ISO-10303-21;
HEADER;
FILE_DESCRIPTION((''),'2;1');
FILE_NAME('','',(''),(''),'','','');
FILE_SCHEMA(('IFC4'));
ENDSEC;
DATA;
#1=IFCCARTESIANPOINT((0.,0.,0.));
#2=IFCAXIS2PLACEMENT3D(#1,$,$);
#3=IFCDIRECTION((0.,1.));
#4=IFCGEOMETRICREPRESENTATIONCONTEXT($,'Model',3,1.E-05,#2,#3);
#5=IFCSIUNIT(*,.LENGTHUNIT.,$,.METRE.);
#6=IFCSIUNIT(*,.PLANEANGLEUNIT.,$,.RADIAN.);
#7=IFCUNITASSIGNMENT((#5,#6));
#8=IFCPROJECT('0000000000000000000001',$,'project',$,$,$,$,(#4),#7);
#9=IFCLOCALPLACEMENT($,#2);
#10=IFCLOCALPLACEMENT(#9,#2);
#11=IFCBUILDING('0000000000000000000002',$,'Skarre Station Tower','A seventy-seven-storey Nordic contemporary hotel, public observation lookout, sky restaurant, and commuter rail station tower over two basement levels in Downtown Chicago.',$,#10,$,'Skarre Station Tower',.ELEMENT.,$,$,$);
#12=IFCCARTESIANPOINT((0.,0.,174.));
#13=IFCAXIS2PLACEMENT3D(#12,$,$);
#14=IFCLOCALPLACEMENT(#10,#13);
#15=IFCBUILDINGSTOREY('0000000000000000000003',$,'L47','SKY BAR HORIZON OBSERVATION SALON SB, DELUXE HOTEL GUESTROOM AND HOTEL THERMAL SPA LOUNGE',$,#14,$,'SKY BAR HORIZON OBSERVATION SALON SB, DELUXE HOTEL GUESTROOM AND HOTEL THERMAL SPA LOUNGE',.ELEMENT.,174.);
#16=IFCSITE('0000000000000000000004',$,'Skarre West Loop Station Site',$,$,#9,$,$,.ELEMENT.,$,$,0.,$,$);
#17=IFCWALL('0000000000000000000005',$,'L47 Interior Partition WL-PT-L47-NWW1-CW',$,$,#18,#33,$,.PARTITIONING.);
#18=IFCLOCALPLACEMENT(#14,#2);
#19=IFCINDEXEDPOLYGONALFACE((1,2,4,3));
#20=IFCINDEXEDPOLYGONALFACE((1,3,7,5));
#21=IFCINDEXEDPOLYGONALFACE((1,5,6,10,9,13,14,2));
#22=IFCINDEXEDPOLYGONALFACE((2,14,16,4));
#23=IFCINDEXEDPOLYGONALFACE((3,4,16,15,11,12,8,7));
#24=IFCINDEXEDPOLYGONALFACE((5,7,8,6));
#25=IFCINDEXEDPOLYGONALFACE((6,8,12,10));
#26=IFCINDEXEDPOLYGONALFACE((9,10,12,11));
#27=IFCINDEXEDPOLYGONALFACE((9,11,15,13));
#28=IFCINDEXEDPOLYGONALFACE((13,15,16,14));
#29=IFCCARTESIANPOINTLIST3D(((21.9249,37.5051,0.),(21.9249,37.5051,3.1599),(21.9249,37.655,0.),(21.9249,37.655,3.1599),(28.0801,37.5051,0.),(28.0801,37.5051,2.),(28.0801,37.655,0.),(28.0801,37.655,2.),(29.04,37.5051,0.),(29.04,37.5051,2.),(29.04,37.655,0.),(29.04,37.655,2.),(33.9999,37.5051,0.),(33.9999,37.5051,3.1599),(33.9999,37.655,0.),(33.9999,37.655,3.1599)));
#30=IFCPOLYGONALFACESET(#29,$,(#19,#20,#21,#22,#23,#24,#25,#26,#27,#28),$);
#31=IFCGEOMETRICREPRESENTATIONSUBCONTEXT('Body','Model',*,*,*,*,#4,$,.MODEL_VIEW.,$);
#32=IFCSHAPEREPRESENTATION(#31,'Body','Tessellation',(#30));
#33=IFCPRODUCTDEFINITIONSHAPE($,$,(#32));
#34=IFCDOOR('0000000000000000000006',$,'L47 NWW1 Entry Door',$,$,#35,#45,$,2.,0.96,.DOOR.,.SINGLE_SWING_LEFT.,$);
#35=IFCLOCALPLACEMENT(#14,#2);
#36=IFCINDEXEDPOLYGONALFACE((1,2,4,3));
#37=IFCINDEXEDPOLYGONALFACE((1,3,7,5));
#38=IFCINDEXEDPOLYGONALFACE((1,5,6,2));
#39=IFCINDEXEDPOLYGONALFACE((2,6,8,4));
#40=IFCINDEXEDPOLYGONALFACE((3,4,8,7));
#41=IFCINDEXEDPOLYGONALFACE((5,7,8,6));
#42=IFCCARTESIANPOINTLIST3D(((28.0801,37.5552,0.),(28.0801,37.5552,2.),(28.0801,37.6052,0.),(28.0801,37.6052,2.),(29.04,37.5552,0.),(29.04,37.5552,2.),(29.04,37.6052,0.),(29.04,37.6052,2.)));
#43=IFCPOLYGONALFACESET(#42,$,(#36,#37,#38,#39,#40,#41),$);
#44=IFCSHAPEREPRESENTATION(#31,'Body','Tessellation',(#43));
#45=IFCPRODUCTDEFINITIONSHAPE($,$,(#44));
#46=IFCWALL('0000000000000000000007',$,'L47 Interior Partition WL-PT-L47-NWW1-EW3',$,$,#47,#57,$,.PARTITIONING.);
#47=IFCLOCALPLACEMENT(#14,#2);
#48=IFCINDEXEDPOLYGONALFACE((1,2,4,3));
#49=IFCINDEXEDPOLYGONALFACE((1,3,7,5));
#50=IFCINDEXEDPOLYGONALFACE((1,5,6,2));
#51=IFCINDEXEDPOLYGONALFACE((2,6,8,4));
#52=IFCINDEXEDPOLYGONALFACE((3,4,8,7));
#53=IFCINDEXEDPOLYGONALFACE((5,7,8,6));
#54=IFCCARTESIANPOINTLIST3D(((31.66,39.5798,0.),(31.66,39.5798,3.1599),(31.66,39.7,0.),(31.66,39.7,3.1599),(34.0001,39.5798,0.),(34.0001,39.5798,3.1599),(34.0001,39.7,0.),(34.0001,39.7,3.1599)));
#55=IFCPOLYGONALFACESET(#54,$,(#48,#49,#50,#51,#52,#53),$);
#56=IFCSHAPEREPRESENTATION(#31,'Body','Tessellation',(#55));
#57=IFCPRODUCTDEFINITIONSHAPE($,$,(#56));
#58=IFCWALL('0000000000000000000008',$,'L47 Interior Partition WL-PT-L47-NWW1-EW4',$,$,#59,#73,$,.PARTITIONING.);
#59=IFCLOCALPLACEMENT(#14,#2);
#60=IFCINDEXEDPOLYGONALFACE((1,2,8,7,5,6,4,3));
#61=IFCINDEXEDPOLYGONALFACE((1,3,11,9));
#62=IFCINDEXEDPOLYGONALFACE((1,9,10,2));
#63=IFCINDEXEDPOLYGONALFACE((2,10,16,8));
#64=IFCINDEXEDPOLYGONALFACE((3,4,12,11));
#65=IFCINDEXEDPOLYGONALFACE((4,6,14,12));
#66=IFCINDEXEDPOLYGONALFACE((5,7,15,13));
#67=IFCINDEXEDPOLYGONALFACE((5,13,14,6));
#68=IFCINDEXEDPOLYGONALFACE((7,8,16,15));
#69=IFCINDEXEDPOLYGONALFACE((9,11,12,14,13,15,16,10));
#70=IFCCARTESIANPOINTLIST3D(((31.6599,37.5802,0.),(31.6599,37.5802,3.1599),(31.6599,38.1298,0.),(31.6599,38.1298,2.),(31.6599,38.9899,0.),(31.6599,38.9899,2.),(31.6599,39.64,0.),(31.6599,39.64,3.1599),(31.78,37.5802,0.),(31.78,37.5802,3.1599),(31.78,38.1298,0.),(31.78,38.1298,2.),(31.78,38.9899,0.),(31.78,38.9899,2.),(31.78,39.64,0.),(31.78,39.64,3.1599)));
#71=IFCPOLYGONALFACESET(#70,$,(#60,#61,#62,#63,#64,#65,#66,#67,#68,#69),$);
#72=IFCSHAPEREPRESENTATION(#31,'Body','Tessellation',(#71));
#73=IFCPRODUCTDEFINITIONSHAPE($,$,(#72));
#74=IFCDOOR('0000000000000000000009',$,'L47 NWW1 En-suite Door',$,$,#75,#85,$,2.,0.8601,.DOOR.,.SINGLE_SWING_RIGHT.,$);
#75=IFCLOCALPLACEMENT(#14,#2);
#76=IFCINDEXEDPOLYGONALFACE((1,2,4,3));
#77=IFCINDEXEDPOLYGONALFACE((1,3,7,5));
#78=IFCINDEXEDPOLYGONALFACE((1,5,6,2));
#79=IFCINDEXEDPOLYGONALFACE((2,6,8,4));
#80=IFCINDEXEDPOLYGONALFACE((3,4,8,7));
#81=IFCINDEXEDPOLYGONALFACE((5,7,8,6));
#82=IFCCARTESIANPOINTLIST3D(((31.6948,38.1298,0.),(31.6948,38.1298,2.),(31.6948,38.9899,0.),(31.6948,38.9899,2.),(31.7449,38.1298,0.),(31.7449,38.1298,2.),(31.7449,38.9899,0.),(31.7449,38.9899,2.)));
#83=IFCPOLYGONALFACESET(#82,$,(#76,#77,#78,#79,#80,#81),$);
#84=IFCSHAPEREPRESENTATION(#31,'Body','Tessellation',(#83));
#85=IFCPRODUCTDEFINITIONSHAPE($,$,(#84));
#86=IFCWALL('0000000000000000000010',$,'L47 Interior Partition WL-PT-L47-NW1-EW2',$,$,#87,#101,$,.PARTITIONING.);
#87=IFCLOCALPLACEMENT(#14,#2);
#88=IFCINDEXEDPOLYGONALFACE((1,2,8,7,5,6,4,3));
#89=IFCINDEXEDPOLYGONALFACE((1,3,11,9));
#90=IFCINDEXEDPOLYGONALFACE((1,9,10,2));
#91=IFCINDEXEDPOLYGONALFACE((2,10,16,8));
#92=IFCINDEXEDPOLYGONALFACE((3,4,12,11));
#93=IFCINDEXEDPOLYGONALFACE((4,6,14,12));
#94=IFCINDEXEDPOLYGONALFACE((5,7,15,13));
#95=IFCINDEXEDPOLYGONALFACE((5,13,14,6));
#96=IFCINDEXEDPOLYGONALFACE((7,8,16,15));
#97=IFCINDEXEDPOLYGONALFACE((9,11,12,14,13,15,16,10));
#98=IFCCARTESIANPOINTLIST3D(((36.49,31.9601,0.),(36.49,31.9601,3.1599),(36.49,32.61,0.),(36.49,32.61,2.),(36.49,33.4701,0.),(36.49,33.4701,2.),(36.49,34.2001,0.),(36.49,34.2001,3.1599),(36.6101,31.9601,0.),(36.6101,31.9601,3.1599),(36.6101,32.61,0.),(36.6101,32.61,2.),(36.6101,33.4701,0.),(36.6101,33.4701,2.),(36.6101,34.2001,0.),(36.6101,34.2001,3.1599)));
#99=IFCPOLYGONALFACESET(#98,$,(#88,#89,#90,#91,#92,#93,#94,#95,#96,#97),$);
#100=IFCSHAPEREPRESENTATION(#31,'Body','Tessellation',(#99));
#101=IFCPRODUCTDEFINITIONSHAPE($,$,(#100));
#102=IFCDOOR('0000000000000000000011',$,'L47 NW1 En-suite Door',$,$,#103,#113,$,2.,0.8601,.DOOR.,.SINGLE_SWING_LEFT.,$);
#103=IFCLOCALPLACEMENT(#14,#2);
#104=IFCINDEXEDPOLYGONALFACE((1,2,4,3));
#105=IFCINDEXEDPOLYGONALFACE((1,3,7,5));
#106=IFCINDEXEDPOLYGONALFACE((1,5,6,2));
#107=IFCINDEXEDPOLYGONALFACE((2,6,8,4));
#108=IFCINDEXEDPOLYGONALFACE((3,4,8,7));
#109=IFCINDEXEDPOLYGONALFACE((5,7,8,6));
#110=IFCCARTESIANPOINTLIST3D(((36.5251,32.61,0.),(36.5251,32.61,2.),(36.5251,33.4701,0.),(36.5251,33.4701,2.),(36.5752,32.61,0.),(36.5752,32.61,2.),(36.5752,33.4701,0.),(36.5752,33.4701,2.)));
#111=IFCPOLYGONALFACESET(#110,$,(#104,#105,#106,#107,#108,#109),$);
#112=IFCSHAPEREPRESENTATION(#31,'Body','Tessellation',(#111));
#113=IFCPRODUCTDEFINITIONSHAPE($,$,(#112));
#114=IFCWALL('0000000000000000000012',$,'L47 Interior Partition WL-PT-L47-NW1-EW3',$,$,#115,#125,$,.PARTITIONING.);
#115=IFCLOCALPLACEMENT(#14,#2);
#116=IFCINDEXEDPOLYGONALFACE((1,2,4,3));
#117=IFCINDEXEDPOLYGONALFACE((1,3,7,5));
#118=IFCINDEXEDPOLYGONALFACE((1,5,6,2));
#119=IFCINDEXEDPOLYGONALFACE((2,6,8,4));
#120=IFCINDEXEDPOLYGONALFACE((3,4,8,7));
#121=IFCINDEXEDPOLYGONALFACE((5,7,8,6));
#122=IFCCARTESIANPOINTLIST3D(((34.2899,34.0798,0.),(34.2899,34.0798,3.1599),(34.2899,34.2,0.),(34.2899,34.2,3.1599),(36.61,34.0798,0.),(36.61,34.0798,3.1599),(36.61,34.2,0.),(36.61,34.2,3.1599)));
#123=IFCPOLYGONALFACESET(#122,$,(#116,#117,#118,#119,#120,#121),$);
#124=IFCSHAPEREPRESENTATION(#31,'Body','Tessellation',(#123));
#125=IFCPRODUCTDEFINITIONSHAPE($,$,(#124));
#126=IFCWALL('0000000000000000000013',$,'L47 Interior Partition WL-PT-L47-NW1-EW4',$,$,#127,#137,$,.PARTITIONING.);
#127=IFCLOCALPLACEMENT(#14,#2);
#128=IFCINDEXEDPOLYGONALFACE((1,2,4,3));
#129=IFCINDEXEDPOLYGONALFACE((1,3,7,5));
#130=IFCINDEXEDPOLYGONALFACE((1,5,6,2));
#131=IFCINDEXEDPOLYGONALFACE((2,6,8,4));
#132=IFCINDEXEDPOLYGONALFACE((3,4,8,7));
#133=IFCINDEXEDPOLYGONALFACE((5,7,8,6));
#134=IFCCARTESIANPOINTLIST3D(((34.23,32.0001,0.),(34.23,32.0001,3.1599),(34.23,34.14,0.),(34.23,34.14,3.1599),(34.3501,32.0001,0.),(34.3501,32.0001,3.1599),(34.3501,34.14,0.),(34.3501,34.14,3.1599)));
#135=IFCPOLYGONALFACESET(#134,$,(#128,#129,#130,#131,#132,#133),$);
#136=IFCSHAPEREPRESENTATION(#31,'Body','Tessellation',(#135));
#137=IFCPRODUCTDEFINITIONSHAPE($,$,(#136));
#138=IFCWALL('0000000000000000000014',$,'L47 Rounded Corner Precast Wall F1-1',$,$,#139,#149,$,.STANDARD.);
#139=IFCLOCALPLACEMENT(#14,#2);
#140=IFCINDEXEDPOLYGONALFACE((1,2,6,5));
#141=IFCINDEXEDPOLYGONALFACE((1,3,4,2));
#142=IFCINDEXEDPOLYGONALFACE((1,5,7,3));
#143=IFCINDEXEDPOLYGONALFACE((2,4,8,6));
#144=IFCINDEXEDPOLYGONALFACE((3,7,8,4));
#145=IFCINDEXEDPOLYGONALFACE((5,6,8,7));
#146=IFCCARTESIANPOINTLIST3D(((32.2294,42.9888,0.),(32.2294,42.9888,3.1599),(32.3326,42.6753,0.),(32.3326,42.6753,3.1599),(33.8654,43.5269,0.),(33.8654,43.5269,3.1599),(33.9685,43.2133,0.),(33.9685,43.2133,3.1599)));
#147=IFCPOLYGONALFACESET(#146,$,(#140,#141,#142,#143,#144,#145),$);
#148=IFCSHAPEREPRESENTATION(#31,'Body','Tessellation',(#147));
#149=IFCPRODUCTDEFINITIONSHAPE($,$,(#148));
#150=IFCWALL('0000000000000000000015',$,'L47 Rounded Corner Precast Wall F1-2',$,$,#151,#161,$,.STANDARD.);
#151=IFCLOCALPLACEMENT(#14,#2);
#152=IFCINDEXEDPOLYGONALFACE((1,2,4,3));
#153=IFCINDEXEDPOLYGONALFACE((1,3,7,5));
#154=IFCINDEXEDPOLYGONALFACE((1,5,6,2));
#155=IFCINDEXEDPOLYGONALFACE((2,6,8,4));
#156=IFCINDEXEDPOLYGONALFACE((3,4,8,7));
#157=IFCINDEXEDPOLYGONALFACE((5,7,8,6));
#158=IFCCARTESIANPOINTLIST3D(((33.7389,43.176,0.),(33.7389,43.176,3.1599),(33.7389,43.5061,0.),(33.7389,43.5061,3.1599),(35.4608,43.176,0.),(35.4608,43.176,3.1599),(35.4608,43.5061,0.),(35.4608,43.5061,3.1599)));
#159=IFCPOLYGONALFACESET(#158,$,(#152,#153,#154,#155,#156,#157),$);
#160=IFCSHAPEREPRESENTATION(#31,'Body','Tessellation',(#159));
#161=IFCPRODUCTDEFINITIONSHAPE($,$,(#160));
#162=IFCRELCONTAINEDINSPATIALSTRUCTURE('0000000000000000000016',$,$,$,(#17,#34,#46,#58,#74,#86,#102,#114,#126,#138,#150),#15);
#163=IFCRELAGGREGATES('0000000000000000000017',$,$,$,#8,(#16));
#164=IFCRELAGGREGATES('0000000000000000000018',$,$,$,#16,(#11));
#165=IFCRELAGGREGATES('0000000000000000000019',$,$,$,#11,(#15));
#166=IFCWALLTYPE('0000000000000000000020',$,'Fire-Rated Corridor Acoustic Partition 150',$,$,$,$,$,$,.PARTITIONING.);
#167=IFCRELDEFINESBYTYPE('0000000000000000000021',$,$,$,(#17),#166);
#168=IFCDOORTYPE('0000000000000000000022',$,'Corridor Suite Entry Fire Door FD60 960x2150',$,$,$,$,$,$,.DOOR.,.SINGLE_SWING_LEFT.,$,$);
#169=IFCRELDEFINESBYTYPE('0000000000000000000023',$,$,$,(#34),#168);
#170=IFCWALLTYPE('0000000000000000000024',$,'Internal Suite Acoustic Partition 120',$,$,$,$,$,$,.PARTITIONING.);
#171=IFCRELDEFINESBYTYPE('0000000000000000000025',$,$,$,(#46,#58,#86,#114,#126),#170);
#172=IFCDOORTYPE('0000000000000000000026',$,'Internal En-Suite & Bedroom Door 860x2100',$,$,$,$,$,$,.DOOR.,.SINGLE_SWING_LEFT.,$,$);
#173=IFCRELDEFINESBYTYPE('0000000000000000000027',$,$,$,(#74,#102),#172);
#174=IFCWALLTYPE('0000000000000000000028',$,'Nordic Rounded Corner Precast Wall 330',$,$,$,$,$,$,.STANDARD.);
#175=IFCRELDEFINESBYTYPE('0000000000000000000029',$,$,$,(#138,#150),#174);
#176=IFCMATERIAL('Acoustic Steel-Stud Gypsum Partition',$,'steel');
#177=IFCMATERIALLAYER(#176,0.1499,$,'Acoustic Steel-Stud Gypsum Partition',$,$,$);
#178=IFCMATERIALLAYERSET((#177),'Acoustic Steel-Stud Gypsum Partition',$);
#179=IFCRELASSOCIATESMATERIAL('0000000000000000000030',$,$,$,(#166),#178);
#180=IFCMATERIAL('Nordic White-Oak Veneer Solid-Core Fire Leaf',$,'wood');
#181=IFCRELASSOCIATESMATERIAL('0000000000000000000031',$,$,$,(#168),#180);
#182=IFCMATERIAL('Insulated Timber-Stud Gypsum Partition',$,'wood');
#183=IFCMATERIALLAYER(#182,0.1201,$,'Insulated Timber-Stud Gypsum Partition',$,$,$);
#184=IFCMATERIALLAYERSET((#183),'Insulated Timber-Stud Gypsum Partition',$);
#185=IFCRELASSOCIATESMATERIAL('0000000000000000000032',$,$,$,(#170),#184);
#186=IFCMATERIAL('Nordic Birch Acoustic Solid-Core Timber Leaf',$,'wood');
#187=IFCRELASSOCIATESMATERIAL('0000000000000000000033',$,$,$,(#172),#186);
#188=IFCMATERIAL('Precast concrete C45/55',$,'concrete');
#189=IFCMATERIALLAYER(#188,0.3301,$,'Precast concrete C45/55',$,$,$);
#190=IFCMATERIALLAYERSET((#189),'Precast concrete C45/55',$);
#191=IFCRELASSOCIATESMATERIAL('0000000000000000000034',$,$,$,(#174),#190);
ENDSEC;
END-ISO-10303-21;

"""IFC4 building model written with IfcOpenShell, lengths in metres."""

from ifc_helpers import new_model, si_unit, direction, frame, frame_2d, origin, place, context, subcontext, project, spatial, rectangle, extrude, material, layer, layer_set, type_object, element, fill, save


model = new_model("IFC4")

# Units and contexts
model_context = context("Model", 3, precision=1e-05, world=origin(), true_north=direction((0.0, 1.0)))
body_context = subcontext(model_context, "Body", "Model", "MODEL_VIEW")
ifc_project = project(units=[si_unit("LENGTHUNIT", "METRE"), si_unit("PLANEANGLEUNIT", "RADIAN")], contexts=[model_context])

# Site, building, storey
site_placement = place(None, origin())
site = spatial("IfcSite", under=ifc_project, at=site_placement, Name="Skarre West Loop Station Site", CompositionType="ELEMENT", RefElevation=0.0)
building_placement = place(site_placement, origin())
building = spatial("IfcBuilding", under=site, at=building_placement, Name="Skarre Station Tower", Description="A seventy-seven-storey Nordic contemporary hotel, public observation lookout, sky restaurant, and commuter rail station tower over two basement levels in Downtown Chicago.", LongName="Skarre Station Tower", CompositionType="ELEMENT")
storey_placement = place(building_placement, frame((0.0, 0.0, 174.0)))
storey = spatial("IfcBuildingStorey", under=building, at=storey_placement, Name="L47", Description="SKY BAR HORIZON OBSERVATION SALON SB, DELUXE HOTEL GUESTROOM AND HOTEL THERMAL SPA LOUNGE", LongName="SKY BAR HORIZON OBSERVATION SALON SB, DELUXE HOTEL GUESTROOM AND HOTEL THERMAL SPA LOUNGE", CompositionType="ELEMENT", Elevation=174.0)

# Wall, opening, door
ifc_material_1 = material(Name="Acoustic Steel-Stud Gypsum Partition", Category="steel")
ifc_layer_1 = layer(ifc_material_1, 0.1499, Name="Acoustic Steel-Stud Gypsum Partition")
ifc_layer_set_1 = layer_set([ifc_layer_1], Name="Acoustic Steel-Stud Gypsum Partition")
wall_type_1 = type_object("IfcWallType", Name="Fire-Rated Corridor Acoustic Partition 150", PredefinedType="PARTITIONING", material=ifc_layer_set_1)
wall_1_placement = place(storey_placement, frame((34.0, 37.5801, 0.0), z_axis=(0.0, 0.0, 1.0), x_axis=(-1.0, 0.0, 0.0)))
wall_1 = element("IfcWall", 1, at=wall_1_placement, inside=storey, type_object=wall_type_1, Name="L47 Interior Partition WL-PT-L47-NWW1-CW", PredefinedType="PARTITIONING", context=body_context, shape_type="SweptSolid", body=[
    extrude(rectangle(XDim=12.075, YDim=0.1499, at=frame_2d((6.0376, 0.0))), origin(), (0.0, 0.0, 1.0), 3.1599),
])
opening_1_placement = place(wall_1_placement, frame((4.96, 0.0, 0.0)))
opening_1 = element("IfcOpeningElement", 2, at=opening_1_placement, cuts=wall_1, PredefinedType="OPENING", context=body_context, shape_type="SweptSolid", body=[
    extrude(rectangle(XDim=0.96, YDim=2.0, at=frame_2d((0.48, 1.0))), frame((0.0, 0.085, 0.0), z_axis=(0.0, -1.0, 0.0), x_axis=(1.0, 0.0, 0.0)), (0.0, 0.0, 1.0), 0.1699),
])
ifc_material_2 = material(Name="Nordic White-Oak Veneer Solid-Core Fire Leaf", Category="wood")
door_type_1 = type_object("IfcDoorType", Name="Corridor Suite Entry Fire Door FD60 960x2150", OperationType="SINGLE_SWING_LEFT", PredefinedType="DOOR", material=ifc_material_2)
door_1_placement = place(opening_1_placement, origin())
door_1 = element("IfcDoor", 3, at=door_1_placement, inside=storey, type_object=door_type_1, Name="L47 NWW1 Entry Door", OperationType="SINGLE_SWING_LEFT", OverallHeight=2.0, OverallWidth=0.96, PredefinedType="DOOR", context=body_context, shape_type="SweptSolid", body=[
    extrude(rectangle(XDim=0.96, YDim=2.0, at=frame_2d((0.48, 1.0))), frame((0.0, 0.0249, 0.0), z_axis=(0.0, -1.0, 0.0), x_axis=(1.0, 0.0, 0.0)), (0.0, 0.0, 1.0), 0.05),
])
fill(opening_1, door_1)

# Wall
ifc_material_3 = material(Name="Insulated Timber-Stud Gypsum Partition", Category="wood")
ifc_layer_2 = layer(ifc_material_3, 0.1201, Name="Insulated Timber-Stud Gypsum Partition")
ifc_layer_set_2 = layer_set([ifc_layer_2], Name="Insulated Timber-Stud Gypsum Partition")
wall_type_2 = type_object("IfcWallType", Name="Internal Suite Acoustic Partition 120", PredefinedType="PARTITIONING", material=ifc_layer_set_2)
wall_2_placement = place(storey_placement, frame((34.0, 39.6399, 0.0), z_axis=(0.0, 0.0, 1.0), x_axis=(-1.0, 0.0, 0.0)))
element("IfcWall", 4, at=wall_2_placement, inside=storey, type_object=wall_type_2, Name="L47 Interior Partition WL-PT-L47-NWW1-EW3", PredefinedType="PARTITIONING", context=body_context, shape_type="SweptSolid", body=[
    extrude(rectangle(XDim=2.3401, YDim=0.1201, at=frame_2d((1.1699, 0.0))), origin(), (0.0, 0.0, 1.0), 3.1599),
])

# Walls, openings, doors
wall_3_placement = place(storey_placement, frame((31.72, 39.6399, 0.0), z_axis=(0.0, 0.0, 1.0), x_axis=(0.0, -1.0, 0.0)))
wall_3 = element("IfcWall", 5, at=wall_3_placement, inside=storey, type_object=wall_type_2, Name="L47 Interior Partition WL-PT-L47-NWW1-EW4", PredefinedType="PARTITIONING", context=body_context, shape_type="SweptSolid", body=[
    extrude(rectangle(XDim=2.0598, YDim=0.1201, at=frame_2d((1.0298, 0.0))), origin(), (0.0, 0.0, 1.0), 3.1599),
])
opening_2_placement = place(wall_3_placement, frame((0.6499, 0.0, 0.0)))
opening_2 = element("IfcOpeningElement", 6, at=opening_2_placement, cuts=wall_3, PredefinedType="OPENING", context=body_context, shape_type="SweptSolid", body=[
    extrude(rectangle(XDim=0.8601, YDim=2.0, at=frame_2d((0.4302, 1.0))), frame((0.0, 0.0701, 0.0), z_axis=(0.0, -1.0, 0.0), x_axis=(1.0, 0.0, 0.0)), (0.0, 0.0, 1.0), 0.1401),
])
ifc_material_4 = material(Name="Nordic Birch Acoustic Solid-Core Timber Leaf", Category="wood")
door_type_2 = type_object("IfcDoorType", Name="Internal En-Suite & Bedroom Door 860x2100", OperationType="SINGLE_SWING_LEFT", PredefinedType="DOOR", material=ifc_material_4)
door_2_placement = place(opening_2_placement, origin())
door_2 = element("IfcDoor", 7, at=door_2_placement, inside=storey, type_object=door_type_2, Name="L47 NWW1 En-suite Door", OperationType="SINGLE_SWING_RIGHT", OverallHeight=2.0, OverallWidth=0.8601, PredefinedType="DOOR", context=body_context, shape_type="SweptSolid", body=[
    extrude(rectangle(XDim=0.8601, YDim=2.0, at=frame_2d((0.4302, 1.0))), frame((0.0, 0.0249, 0.0), z_axis=(0.0, -1.0, 0.0), x_axis=(1.0, 0.0, 0.0)), (0.0, 0.0, 1.0), 0.05),
])
fill(opening_2, door_2)
wall_4_placement = place(storey_placement, frame((36.55, 31.96, 0.0), z_axis=(0.0, 0.0, 1.0), x_axis=(0.0, 1.0, 0.0)))
wall_4 = element("IfcWall", 8, at=wall_4_placement, inside=storey, type_object=wall_type_2, Name="L47 Interior Partition WL-PT-L47-NW1-EW2", PredefinedType="PARTITIONING", context=body_context, shape_type="SweptSolid", body=[
    extrude(rectangle(XDim=2.24, YDim=0.1201, at=frame_2d((1.1201, 0.0))), origin(), (0.0, 0.0, 1.0), 3.1599),
])
opening_3_placement = place(wall_4_placement, frame((0.6499, 0.0, 0.0)))
opening_3 = element("IfcOpeningElement", 9, at=opening_3_placement, cuts=wall_4, PredefinedType="OPENING", context=body_context, shape_type="SweptSolid", body=[
    extrude(rectangle(XDim=0.8601, YDim=2.0, at=frame_2d((0.4302, 1.0))), frame((0.0, 0.0701, 0.0), z_axis=(0.0, -1.0, 0.0), x_axis=(1.0, 0.0, 0.0)), (0.0, 0.0, 1.0), 0.1401),
])
door_3_placement = place(opening_3_placement, origin())
door_3 = element("IfcDoor", 10, at=door_3_placement, inside=storey, type_object=door_type_2, Name="L47 NW1 En-suite Door", OperationType="SINGLE_SWING_LEFT", OverallHeight=2.0, OverallWidth=0.8601, PredefinedType="DOOR", context=body_context, shape_type="SweptSolid", body=[
    extrude(rectangle(XDim=0.8601, YDim=2.0, at=frame_2d((0.4302, 1.0))), frame((0.0, 0.0249, 0.0), z_axis=(0.0, -1.0, 0.0), x_axis=(1.0, 0.0, 0.0)), (0.0, 0.0, 1.0), 0.05),
])
fill(opening_3, door_3)

# Walls
wall_5_placement = place(storey_placement, frame((36.6101, 34.1399, 0.0), z_axis=(0.0, 0.0, 1.0), x_axis=(-1.0, 0.0, 0.0)))
element("IfcWall", 11, at=wall_5_placement, inside=storey, type_object=wall_type_2, Name="L47 Interior Partition WL-PT-L47-NW1-EW3", PredefinedType="PARTITIONING", context=body_context, shape_type="SweptSolid", body=[
    extrude(rectangle(XDim=2.3201, YDim=0.1201, at=frame_2d((1.1602, 0.0))), origin(), (0.0, 0.0, 1.0), 3.1599),
])
wall_6_placement = place(storey_placement, frame((34.29, 34.1399, 0.0), z_axis=(0.0, 0.0, 1.0), x_axis=(0.0, -1.0, 0.0)))
element("IfcWall", 12, at=wall_6_placement, inside=storey, type_object=wall_type_2, Name="L47 Interior Partition WL-PT-L47-NW1-EW4", PredefinedType="PARTITIONING", context=body_context, shape_type="SweptSolid", body=[
    extrude(rectangle(XDim=2.1399, YDim=0.1201, at=frame_2d((1.0698, 0.0))), origin(), (0.0, 0.0, 1.0), 3.1599),
])
ifc_material_5 = material(Name="Precast concrete C45/55", Category="concrete")
ifc_layer_3 = layer(ifc_material_5, 0.3301, Name="Precast concrete C45/55")
ifc_layer_set_3 = layer_set([ifc_layer_3], Name="Precast concrete C45/55")
wall_type_3 = type_object("IfcWallType", Name="Nordic Rounded Corner Precast Wall 330", PredefinedType="STANDARD", material=ifc_layer_set_3)
wall_7_placement = place(storey_placement, frame((32.281, 42.832, 0.0), z_axis=(0.0, 0.0, 1.0), x_axis=(0.949937, 0.31244, 0.0)))
element("IfcWall", 13, at=wall_7_placement, inside=storey, type_object=wall_type_3, Name="L47 Rounded Corner Precast Wall F1-1", PredefinedType="STANDARD", context=body_context, shape_type="SweptSolid", body=[
    extrude(rectangle(XDim=1.7222, YDim=0.3301, at=frame_2d((0.8611, 0.0))), origin(), (0.0, 0.0, 1.0), 3.1599),
])
wall_8_placement = place(storey_placement, frame((33.739, 43.3411, 0.0), z_axis=(0.0, 0.0, 1.0), x_axis=(1.0, 0.0, 0.0)))
element("IfcWall", 14, at=wall_8_placement, inside=storey, type_object=wall_type_3, Name="L47 Rounded Corner Precast Wall F1-2", PredefinedType="STANDARD", context=body_context, shape_type="SweptSolid", body=[
    extrude(rectangle(XDim=1.7219, YDim=0.3301, at=frame_2d((0.8608, 0.0))), origin(), (0.0, 0.0, 1.0), 3.1599),
])

save(model, "model.ifc")
